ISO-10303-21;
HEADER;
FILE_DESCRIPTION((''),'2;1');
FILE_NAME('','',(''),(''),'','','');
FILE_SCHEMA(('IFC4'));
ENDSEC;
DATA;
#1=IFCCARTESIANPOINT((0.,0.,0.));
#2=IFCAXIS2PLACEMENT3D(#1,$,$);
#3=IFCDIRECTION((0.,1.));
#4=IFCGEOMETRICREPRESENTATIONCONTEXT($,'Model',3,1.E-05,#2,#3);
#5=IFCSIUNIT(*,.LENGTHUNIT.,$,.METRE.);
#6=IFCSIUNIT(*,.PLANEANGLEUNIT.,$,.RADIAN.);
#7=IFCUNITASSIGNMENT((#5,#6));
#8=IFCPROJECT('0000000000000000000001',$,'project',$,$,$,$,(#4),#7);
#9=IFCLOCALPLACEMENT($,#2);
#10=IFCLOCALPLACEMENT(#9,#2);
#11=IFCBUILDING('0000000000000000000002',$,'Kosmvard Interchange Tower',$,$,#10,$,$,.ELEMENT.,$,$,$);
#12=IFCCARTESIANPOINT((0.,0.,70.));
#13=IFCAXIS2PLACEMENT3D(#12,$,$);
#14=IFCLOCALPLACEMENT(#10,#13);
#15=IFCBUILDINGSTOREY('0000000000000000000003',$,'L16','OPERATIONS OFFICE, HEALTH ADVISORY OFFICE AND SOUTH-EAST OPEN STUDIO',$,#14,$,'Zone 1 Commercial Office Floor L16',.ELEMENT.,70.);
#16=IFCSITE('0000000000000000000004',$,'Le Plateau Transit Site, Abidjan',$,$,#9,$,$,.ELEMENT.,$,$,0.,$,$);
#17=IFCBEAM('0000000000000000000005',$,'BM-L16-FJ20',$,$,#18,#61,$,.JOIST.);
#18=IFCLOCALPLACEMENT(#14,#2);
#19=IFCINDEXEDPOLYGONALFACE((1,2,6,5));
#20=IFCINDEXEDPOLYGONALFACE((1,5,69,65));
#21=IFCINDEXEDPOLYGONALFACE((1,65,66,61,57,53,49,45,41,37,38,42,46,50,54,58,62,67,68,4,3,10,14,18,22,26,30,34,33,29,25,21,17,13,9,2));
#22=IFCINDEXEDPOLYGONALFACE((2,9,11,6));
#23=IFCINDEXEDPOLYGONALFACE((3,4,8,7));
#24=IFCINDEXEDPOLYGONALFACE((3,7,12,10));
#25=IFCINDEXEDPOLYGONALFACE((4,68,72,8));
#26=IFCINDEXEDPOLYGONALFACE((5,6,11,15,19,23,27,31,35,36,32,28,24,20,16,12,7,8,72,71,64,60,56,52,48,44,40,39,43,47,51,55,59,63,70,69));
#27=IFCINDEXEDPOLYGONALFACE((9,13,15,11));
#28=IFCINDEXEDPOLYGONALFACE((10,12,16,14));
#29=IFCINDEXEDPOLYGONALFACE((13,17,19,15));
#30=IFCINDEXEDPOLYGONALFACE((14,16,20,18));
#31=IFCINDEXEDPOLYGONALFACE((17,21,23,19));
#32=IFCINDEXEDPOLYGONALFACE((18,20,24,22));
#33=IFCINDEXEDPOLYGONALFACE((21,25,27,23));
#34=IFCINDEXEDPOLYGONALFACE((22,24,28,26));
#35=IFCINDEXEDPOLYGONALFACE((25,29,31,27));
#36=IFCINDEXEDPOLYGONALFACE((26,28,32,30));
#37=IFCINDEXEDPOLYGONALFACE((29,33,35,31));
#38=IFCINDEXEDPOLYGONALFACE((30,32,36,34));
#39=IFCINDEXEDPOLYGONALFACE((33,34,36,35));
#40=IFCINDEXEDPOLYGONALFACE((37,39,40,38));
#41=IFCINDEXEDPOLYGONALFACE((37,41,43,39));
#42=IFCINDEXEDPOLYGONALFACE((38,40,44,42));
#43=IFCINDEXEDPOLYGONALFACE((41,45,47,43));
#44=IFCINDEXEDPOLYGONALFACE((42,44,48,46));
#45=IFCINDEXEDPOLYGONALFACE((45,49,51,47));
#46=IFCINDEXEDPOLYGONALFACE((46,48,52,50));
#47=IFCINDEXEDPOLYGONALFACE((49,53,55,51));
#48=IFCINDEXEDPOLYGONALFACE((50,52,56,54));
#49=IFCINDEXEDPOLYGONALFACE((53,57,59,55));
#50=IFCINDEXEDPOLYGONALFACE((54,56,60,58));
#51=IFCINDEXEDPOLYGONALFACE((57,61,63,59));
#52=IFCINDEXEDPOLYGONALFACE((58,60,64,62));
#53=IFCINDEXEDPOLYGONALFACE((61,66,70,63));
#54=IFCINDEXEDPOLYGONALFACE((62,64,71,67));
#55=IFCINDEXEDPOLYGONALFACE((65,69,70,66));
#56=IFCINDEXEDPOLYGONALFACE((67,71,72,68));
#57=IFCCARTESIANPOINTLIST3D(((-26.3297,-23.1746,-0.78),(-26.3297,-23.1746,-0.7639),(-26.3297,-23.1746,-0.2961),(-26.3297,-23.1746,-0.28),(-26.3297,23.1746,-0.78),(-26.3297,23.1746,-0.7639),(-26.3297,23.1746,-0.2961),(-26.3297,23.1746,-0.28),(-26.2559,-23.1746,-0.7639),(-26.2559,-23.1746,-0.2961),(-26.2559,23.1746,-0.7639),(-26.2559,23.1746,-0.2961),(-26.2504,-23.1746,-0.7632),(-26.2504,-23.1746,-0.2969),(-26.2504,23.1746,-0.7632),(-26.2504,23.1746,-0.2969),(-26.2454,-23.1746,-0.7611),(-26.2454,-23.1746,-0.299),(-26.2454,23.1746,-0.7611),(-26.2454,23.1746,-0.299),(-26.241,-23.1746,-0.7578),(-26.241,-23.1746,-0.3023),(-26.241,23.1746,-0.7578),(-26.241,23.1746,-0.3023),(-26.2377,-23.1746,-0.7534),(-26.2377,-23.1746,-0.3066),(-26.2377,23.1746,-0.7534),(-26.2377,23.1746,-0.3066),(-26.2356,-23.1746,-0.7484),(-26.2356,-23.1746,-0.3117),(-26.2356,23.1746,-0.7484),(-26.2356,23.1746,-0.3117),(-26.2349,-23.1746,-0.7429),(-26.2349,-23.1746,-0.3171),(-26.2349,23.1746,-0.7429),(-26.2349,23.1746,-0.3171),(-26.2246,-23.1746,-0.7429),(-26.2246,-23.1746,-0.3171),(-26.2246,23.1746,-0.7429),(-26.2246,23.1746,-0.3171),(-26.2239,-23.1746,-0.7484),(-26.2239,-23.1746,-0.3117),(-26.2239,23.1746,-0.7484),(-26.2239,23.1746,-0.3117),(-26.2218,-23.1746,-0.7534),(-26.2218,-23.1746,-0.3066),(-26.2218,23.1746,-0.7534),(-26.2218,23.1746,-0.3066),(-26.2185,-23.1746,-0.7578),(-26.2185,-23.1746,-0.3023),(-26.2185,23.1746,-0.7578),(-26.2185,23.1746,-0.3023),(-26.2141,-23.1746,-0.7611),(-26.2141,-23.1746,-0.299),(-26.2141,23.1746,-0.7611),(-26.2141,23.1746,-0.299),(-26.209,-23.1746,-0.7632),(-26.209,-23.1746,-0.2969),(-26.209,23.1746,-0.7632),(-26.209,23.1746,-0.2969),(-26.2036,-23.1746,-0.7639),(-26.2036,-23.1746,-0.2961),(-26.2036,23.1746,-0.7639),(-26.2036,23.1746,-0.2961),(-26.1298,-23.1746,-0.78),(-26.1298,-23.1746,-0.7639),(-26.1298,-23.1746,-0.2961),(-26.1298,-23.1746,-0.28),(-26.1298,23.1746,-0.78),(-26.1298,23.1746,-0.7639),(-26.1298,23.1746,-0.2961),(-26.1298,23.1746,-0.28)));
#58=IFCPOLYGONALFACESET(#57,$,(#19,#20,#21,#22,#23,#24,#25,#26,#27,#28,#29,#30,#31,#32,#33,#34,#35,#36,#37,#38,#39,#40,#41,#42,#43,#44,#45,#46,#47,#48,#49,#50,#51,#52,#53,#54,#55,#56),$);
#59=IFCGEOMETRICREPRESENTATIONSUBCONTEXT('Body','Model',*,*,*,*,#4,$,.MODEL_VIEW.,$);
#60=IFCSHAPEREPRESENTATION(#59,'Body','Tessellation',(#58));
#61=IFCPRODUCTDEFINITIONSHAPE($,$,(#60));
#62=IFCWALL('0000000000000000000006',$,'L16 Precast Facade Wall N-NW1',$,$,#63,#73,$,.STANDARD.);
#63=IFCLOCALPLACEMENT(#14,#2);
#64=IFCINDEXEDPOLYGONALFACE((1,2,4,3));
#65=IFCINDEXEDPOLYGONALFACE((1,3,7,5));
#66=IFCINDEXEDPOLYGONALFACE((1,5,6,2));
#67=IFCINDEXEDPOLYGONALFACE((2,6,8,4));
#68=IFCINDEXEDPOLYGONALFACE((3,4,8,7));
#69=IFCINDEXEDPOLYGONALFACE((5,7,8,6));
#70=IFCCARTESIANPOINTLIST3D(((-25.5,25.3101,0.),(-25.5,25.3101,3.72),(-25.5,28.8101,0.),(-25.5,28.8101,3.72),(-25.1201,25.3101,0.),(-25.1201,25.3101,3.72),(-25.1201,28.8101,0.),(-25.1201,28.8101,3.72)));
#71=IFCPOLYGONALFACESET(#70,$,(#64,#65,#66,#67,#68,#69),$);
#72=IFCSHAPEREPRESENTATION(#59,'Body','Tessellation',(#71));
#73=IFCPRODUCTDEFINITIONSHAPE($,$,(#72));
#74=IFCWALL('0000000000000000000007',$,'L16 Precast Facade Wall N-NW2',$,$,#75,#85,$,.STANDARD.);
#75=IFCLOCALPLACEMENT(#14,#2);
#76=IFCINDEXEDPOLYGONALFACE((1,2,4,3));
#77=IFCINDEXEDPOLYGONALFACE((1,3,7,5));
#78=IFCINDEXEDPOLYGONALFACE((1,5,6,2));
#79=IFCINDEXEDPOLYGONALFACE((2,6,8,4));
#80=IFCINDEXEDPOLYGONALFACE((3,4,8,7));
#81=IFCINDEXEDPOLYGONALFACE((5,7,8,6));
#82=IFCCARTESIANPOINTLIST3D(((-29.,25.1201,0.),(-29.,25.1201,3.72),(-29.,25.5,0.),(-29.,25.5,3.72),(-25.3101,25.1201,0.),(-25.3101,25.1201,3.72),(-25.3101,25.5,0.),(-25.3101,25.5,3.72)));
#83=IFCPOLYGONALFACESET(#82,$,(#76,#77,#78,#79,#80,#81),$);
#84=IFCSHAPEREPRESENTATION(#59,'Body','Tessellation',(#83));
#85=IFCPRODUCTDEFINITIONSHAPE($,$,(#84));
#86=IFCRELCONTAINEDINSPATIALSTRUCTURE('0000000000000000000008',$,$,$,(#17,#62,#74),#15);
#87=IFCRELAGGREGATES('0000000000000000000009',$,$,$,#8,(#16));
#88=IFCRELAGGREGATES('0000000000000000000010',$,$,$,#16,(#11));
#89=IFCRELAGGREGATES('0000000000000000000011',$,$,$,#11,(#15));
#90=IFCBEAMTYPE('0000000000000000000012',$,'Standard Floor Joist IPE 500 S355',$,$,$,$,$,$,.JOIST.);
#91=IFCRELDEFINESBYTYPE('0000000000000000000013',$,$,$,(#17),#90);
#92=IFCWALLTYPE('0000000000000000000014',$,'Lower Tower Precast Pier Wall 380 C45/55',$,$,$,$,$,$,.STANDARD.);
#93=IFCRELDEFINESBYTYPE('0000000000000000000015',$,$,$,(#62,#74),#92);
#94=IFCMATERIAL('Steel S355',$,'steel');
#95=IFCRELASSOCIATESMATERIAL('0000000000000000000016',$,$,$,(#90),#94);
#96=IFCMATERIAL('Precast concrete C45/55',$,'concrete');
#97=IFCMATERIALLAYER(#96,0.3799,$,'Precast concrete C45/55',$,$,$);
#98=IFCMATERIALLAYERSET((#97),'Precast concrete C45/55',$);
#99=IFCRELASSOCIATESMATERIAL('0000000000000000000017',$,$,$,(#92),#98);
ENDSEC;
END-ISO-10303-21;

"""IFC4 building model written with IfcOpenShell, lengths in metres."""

from ifc_helpers import new_model, si_unit, direction, frame, frame_2d, origin, origin_2d, place, context, subcontext, project, spatial, rectangle, i_section, extrude, source, transform, mapped, material, layer, layer_set, material_profile, profile_set, type_object, element, save


model = new_model("IFC4")

# Units and contexts
model_context = context("Model", 3, precision=1e-05, world=origin(), true_north=direction((0.0, 1.0)))
body_context = subcontext(model_context, "Body", "Model", "MODEL_VIEW")
ifc_project = project(units=[si_unit("LENGTHUNIT", "METRE"), si_unit("PLANEANGLEUNIT", "RADIAN")], contexts=[model_context])

# Site, building, storey
site_placement = place(None, origin())
site = spatial("IfcSite", under=ifc_project, at=site_placement, Name="Le Plateau Transit Site, Abidjan", CompositionType="ELEMENT", RefElevation=0.0)
building_placement = place(site_placement, origin())
building = spatial("IfcBuilding", under=site, at=building_placement, Name="Kosmvard Interchange Tower", CompositionType="ELEMENT")
storey_placement = place(building_placement, frame((0.0, 0.0, 70.0)))
storey = spatial("IfcBuildingStorey", under=building, at=storey_placement, Name="L16", Description="OPERATIONS OFFICE, HEALTH ADVISORY OFFICE AND SOUTH-EAST OPEN STUDIO", LongName="Zone 1 Commercial Office Floor L16", CompositionType="ELEMENT", Elevation=70.0)

# Beam
ifc_material_1 = material(Name="Steel S355", Category="steel")
ifc_material_2 = material(Name="Precast concrete C45/55", Category="concrete")
ifc_material_profile_1 = material_profile(ifc_material_1, i_section(OverallWidth=0.2, OverallDepth=0.5, WebThickness=0.0103, FlangeThickness=0.0161, FilletRadius=0.021, at=origin_2d()), Name="IPE 500")
ifc_profile_set_1 = profile_set([ifc_material_profile_1], Name="Steel S355")
beam_type_1 = type_object("IfcBeamType", Name="Standard Floor Joist IPE 500 S355", PredefinedType="JOIST", material=ifc_profile_set_1)
shared_shape_1 = source(origin(), body_context, "Body", "SweptSolid", [
    extrude(i_section(OverallWidth=0.2, OverallDepth=0.5, WebThickness=0.0103, FlangeThickness=0.0161, FilletRadius=0.021, at=origin_2d()), origin(), (0.0, 0.0, 1.0), 46.3491),
])
beam_1_placement = place(storey_placement, frame((-26.2297, 23.1746, -0.53), z_axis=(0.0, -1.0, 0.0), x_axis=(1.0, 0.0, 0.0)))
element("IfcBeam", 1, at=beam_1_placement, inside=storey, type_object=beam_type_1, Name="BM-L16-FJ20", PredefinedType="JOIST", context=body_context, shape_type="MappedRepresentation", body=[
    mapped(shared_shape_1, transform((0.0, 0.0, 0.0), scale=1.0)),
])

# Walls
ifc_layer_1 = layer(ifc_material_2, 0.3799, Name="Precast concrete C45/55")
ifc_layer_set_1 = layer_set([ifc_layer_1], Name="Precast concrete C45/55")
wall_type = type_object("IfcWallType", Name="Lower Tower Precast Pier Wall 380 C45/55", PredefinedType="STANDARD", material=ifc_layer_set_1)
wall_1_placement = place(storey_placement, frame((-25.3101, 28.8101, 0.0), z_axis=(0.0, 0.0, 1.0), x_axis=(0.0, -1.0, 0.0)))
element("IfcWall", 2, at=wall_1_placement, inside=storey, type_object=wall_type, Name="L16 Precast Facade Wall N-NW1", PredefinedType="STANDARD", context=body_context, shape_type="SweptSolid", body=[
    extrude(rectangle(XDim=3.5, YDim=0.3799, at=frame_2d((1.75, 0.0))), origin(), (0.0, 0.0, 1.0), 3.72),
])
wall_2_placement = place(storey_placement, frame((-25.3101, 25.3101, 0.0), z_axis=(0.0, 0.0, 1.0), x_axis=(-1.0, 0.0, 0.0)))
element("IfcWall", 3, at=wall_2_placement, inside=storey, type_object=wall_type, Name="L16 Precast Facade Wall N-NW2", PredefinedType="STANDARD", context=body_context, shape_type="SweptSolid", body=[
    extrude(rectangle(XDim=3.6899, YDim=0.3799, at=frame_2d((1.845, 0.0))), origin(), (0.0, 0.0, 1.0), 3.72),
])

save(model, "model.ifc")
